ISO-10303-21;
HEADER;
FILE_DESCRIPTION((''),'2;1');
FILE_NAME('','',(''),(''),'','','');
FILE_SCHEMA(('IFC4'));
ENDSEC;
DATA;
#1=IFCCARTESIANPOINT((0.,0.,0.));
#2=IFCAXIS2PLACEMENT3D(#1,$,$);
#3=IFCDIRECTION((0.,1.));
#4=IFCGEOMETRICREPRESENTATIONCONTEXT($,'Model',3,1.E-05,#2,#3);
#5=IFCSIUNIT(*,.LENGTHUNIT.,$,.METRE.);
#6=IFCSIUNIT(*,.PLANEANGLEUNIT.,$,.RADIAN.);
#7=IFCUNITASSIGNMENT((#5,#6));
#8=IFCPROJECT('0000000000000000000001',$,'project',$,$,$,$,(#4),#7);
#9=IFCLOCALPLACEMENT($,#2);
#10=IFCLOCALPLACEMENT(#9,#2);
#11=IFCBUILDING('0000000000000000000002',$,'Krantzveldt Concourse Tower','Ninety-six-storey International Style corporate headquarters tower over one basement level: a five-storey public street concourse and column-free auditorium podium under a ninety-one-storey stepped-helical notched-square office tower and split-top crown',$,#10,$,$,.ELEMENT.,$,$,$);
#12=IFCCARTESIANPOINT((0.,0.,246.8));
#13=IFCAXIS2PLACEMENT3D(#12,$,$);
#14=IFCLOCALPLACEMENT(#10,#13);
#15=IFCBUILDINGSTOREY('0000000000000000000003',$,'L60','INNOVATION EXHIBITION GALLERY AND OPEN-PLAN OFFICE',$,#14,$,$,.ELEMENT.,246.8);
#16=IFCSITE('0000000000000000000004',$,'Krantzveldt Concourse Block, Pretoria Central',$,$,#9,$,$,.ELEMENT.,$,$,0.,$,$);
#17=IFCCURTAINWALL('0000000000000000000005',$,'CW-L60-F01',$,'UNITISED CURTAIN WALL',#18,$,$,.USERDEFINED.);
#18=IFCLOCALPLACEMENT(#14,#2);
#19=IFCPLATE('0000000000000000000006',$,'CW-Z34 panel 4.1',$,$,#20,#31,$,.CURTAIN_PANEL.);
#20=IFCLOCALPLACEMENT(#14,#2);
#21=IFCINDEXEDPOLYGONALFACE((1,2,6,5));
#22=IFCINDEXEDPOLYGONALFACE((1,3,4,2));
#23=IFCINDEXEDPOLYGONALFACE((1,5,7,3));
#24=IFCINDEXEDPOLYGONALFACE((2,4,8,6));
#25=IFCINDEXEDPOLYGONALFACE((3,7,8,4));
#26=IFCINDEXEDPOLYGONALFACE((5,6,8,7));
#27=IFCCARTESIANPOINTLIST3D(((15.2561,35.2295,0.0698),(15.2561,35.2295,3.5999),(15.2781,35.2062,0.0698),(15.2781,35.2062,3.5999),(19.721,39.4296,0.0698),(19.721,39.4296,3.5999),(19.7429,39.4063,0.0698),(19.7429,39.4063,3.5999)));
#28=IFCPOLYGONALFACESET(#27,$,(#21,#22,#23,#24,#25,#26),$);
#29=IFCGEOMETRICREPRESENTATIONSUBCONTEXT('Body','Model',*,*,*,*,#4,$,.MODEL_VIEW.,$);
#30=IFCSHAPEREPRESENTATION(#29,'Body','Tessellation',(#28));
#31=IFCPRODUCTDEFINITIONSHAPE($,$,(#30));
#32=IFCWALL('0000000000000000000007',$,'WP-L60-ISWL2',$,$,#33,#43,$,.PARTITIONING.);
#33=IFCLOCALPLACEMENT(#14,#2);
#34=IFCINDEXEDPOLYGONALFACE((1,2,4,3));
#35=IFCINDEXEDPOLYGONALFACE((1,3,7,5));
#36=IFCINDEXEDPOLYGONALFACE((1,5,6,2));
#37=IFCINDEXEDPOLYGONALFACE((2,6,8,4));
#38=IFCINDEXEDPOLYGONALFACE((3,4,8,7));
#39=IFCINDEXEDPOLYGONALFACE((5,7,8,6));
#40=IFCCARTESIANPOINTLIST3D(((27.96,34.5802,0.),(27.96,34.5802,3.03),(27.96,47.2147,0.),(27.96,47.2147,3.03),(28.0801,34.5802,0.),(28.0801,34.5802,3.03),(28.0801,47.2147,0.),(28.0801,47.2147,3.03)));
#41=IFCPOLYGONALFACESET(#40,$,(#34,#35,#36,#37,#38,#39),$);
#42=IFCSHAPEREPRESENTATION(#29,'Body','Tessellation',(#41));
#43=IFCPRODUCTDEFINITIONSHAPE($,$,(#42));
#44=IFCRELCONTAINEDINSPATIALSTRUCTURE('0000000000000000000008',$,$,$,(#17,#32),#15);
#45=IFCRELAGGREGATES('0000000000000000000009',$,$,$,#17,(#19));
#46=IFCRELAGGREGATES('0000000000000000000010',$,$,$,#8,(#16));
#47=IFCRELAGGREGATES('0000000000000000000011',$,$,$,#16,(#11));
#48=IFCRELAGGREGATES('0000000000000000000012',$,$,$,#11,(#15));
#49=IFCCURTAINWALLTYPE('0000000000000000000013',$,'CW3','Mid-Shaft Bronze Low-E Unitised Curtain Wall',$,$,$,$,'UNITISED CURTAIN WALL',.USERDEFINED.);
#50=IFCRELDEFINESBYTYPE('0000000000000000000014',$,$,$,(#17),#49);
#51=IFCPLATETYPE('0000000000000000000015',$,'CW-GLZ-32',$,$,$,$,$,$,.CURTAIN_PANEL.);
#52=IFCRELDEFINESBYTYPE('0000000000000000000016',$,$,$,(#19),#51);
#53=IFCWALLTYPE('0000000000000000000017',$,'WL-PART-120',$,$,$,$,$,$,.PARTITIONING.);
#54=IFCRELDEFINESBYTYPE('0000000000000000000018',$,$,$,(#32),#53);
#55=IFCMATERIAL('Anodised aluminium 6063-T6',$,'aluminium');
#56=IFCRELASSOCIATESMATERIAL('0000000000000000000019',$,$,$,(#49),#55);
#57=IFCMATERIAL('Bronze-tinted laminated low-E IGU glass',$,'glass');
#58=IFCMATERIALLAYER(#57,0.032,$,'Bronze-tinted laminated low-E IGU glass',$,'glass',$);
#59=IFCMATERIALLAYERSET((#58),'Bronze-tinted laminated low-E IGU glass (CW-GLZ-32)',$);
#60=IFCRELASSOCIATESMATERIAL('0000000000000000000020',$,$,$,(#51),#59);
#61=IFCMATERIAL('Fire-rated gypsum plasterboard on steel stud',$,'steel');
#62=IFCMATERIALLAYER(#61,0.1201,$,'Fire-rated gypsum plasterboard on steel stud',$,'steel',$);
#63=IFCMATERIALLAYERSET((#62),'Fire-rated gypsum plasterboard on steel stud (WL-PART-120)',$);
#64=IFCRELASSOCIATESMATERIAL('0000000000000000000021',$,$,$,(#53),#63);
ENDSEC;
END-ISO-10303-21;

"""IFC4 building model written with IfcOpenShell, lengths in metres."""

from ifc_helpers import new_model, si_unit, direction, frame, frame_2d, origin, origin_2d, place, context, subcontext, project, spatial, rectangle, extrude, source, transform, mapped, material, layer, layer_set, type_object, element, aggregate, save


model = new_model("IFC4")

# Units and contexts
model_context = context("Model", 3, precision=1e-05, world=origin(), true_north=direction((0.0, 1.0)))
body_context = subcontext(model_context, "Body", "Model", "MODEL_VIEW")
ifc_project = project(units=[si_unit("LENGTHUNIT", "METRE"), si_unit("PLANEANGLEUNIT", "RADIAN")], contexts=[model_context])

# Site, building, storey
site_placement = place(None, origin())
site = spatial("IfcSite", under=ifc_project, at=site_placement, Name="Krantzveldt Concourse Block, Pretoria Central", CompositionType="ELEMENT", RefElevation=0.0)
building_placement = place(site_placement, origin())
building = spatial("IfcBuilding", under=site, at=building_placement, Name="Krantzveldt Concourse Tower", Description="Ninety-six-storey International Style corporate headquarters tower over one basement level: a five-storey public street concourse and column-free auditorium podium under a ninety-one-storey stepped-helical notched-square office tower and split-top crown", CompositionType="ELEMENT")
storey_placement = place(building_placement, frame((0.0, 0.0, 246.8)))
storey = spatial("IfcBuildingStorey", under=building, at=storey_placement, Name="L60", Description="INNOVATION EXHIBITION GALLERY AND OPEN-PLAN OFFICE", CompositionType="ELEMENT", Elevation=246.8)

# Curtain wall, plate
ifc_material_1 = material(Name="Anodised aluminium 6063-T6", Category="aluminium")
curtain_wall_type = type_object("IfcCurtainWallType", Name="CW3", Description="Mid-Shaft Bronze Low-E Unitised Curtain Wall", ElementType="UNITISED CURTAIN WALL", PredefinedType="USERDEFINED", material=ifc_material_1)
curtain_wall_placement = place(storey_placement, origin())
curtain_wall = element("IfcCurtainWall", 1, at=curtain_wall_placement, inside=storey, type_object=curtain_wall_type, Name="CW-L60-F01", ObjectType="UNITISED CURTAIN WALL", PredefinedType="USERDEFINED")
ifc_material_2 = material(Name="Bronze-tinted laminated low-E IGU glass", Category="glass")
ifc_layer_1 = layer(ifc_material_2, 0.032, Name="Bronze-tinted laminated low-E IGU glass", Category="glass")
ifc_layer_set_1 = layer_set([ifc_layer_1], Name="Bronze-tinted laminated low-E IGU glass (CW-GLZ-32)")
plate_type = type_object("IfcPlateType", Name="CW-GLZ-32", PredefinedType="CURTAIN_PANEL", material=ifc_layer_set_1)
shared_shape_1 = source(origin(), body_context, "Body", "SweptSolid", [
    extrude(rectangle(XDim=6.1299, YDim=0.032, at=origin_2d()), origin(), (0.0, 0.0, 1.0), 3.53),
])
plate_1_placement = place(storey_placement, frame((17.4995, 37.3179, 0.0698), z_axis=(0.0, 0.0, 1.0), x_axis=(-0.728371, -0.685183, 0.0)))
plate_1 = element("IfcPlate", 2, at=plate_1_placement, type_object=plate_type, Name="CW-Z34 panel 4.1", PredefinedType="CURTAIN_PANEL", context=body_context, shape_type="MappedRepresentation", body=[
    mapped(shared_shape_1, transform((0.0, 0.0, 0.0), x_axis=(1.0, 0.0, 0.0), y_axis=(0.0, 1.0, 0.0), z_axis=(0.0, 0.0, 1.0), scale=1.0)),
])
aggregate(curtain_wall, [plate_1])

# Wall
ifc_material_3 = material(Name="Fire-rated gypsum plasterboard on steel stud", Category="steel")
ifc_layer_2 = layer(ifc_material_3, 0.1201, Name="Fire-rated gypsum plasterboard on steel stud", Category="steel")
ifc_layer_set_2 = layer_set([ifc_layer_2], Name="Fire-rated gypsum plasterboard on steel stud (WL-PART-120)")
wall_type = type_object("IfcWallType", Name="WL-PART-120", PredefinedType="PARTITIONING", material=ifc_layer_set_2)
wall_placement = place(storey_placement, frame((28.02, 34.5801, 0.0), z_axis=(0.0, 0.0, 1.0), x_axis=(0.0, 1.0, 0.0)))
element("IfcWall", 3, at=wall_placement, inside=storey, type_object=wall_type, Name="WP-L60-ISWL2", PredefinedType="PARTITIONING", context=body_context, shape_type="SweptSolid", body=[
    extrude(rectangle(XDim=12.6345, YDim=0.1201, at=frame_2d((6.3174, 0.0))), origin(), (0.0, 0.0, 1.0), 3.03),
])

save(model, "model.ifc")
